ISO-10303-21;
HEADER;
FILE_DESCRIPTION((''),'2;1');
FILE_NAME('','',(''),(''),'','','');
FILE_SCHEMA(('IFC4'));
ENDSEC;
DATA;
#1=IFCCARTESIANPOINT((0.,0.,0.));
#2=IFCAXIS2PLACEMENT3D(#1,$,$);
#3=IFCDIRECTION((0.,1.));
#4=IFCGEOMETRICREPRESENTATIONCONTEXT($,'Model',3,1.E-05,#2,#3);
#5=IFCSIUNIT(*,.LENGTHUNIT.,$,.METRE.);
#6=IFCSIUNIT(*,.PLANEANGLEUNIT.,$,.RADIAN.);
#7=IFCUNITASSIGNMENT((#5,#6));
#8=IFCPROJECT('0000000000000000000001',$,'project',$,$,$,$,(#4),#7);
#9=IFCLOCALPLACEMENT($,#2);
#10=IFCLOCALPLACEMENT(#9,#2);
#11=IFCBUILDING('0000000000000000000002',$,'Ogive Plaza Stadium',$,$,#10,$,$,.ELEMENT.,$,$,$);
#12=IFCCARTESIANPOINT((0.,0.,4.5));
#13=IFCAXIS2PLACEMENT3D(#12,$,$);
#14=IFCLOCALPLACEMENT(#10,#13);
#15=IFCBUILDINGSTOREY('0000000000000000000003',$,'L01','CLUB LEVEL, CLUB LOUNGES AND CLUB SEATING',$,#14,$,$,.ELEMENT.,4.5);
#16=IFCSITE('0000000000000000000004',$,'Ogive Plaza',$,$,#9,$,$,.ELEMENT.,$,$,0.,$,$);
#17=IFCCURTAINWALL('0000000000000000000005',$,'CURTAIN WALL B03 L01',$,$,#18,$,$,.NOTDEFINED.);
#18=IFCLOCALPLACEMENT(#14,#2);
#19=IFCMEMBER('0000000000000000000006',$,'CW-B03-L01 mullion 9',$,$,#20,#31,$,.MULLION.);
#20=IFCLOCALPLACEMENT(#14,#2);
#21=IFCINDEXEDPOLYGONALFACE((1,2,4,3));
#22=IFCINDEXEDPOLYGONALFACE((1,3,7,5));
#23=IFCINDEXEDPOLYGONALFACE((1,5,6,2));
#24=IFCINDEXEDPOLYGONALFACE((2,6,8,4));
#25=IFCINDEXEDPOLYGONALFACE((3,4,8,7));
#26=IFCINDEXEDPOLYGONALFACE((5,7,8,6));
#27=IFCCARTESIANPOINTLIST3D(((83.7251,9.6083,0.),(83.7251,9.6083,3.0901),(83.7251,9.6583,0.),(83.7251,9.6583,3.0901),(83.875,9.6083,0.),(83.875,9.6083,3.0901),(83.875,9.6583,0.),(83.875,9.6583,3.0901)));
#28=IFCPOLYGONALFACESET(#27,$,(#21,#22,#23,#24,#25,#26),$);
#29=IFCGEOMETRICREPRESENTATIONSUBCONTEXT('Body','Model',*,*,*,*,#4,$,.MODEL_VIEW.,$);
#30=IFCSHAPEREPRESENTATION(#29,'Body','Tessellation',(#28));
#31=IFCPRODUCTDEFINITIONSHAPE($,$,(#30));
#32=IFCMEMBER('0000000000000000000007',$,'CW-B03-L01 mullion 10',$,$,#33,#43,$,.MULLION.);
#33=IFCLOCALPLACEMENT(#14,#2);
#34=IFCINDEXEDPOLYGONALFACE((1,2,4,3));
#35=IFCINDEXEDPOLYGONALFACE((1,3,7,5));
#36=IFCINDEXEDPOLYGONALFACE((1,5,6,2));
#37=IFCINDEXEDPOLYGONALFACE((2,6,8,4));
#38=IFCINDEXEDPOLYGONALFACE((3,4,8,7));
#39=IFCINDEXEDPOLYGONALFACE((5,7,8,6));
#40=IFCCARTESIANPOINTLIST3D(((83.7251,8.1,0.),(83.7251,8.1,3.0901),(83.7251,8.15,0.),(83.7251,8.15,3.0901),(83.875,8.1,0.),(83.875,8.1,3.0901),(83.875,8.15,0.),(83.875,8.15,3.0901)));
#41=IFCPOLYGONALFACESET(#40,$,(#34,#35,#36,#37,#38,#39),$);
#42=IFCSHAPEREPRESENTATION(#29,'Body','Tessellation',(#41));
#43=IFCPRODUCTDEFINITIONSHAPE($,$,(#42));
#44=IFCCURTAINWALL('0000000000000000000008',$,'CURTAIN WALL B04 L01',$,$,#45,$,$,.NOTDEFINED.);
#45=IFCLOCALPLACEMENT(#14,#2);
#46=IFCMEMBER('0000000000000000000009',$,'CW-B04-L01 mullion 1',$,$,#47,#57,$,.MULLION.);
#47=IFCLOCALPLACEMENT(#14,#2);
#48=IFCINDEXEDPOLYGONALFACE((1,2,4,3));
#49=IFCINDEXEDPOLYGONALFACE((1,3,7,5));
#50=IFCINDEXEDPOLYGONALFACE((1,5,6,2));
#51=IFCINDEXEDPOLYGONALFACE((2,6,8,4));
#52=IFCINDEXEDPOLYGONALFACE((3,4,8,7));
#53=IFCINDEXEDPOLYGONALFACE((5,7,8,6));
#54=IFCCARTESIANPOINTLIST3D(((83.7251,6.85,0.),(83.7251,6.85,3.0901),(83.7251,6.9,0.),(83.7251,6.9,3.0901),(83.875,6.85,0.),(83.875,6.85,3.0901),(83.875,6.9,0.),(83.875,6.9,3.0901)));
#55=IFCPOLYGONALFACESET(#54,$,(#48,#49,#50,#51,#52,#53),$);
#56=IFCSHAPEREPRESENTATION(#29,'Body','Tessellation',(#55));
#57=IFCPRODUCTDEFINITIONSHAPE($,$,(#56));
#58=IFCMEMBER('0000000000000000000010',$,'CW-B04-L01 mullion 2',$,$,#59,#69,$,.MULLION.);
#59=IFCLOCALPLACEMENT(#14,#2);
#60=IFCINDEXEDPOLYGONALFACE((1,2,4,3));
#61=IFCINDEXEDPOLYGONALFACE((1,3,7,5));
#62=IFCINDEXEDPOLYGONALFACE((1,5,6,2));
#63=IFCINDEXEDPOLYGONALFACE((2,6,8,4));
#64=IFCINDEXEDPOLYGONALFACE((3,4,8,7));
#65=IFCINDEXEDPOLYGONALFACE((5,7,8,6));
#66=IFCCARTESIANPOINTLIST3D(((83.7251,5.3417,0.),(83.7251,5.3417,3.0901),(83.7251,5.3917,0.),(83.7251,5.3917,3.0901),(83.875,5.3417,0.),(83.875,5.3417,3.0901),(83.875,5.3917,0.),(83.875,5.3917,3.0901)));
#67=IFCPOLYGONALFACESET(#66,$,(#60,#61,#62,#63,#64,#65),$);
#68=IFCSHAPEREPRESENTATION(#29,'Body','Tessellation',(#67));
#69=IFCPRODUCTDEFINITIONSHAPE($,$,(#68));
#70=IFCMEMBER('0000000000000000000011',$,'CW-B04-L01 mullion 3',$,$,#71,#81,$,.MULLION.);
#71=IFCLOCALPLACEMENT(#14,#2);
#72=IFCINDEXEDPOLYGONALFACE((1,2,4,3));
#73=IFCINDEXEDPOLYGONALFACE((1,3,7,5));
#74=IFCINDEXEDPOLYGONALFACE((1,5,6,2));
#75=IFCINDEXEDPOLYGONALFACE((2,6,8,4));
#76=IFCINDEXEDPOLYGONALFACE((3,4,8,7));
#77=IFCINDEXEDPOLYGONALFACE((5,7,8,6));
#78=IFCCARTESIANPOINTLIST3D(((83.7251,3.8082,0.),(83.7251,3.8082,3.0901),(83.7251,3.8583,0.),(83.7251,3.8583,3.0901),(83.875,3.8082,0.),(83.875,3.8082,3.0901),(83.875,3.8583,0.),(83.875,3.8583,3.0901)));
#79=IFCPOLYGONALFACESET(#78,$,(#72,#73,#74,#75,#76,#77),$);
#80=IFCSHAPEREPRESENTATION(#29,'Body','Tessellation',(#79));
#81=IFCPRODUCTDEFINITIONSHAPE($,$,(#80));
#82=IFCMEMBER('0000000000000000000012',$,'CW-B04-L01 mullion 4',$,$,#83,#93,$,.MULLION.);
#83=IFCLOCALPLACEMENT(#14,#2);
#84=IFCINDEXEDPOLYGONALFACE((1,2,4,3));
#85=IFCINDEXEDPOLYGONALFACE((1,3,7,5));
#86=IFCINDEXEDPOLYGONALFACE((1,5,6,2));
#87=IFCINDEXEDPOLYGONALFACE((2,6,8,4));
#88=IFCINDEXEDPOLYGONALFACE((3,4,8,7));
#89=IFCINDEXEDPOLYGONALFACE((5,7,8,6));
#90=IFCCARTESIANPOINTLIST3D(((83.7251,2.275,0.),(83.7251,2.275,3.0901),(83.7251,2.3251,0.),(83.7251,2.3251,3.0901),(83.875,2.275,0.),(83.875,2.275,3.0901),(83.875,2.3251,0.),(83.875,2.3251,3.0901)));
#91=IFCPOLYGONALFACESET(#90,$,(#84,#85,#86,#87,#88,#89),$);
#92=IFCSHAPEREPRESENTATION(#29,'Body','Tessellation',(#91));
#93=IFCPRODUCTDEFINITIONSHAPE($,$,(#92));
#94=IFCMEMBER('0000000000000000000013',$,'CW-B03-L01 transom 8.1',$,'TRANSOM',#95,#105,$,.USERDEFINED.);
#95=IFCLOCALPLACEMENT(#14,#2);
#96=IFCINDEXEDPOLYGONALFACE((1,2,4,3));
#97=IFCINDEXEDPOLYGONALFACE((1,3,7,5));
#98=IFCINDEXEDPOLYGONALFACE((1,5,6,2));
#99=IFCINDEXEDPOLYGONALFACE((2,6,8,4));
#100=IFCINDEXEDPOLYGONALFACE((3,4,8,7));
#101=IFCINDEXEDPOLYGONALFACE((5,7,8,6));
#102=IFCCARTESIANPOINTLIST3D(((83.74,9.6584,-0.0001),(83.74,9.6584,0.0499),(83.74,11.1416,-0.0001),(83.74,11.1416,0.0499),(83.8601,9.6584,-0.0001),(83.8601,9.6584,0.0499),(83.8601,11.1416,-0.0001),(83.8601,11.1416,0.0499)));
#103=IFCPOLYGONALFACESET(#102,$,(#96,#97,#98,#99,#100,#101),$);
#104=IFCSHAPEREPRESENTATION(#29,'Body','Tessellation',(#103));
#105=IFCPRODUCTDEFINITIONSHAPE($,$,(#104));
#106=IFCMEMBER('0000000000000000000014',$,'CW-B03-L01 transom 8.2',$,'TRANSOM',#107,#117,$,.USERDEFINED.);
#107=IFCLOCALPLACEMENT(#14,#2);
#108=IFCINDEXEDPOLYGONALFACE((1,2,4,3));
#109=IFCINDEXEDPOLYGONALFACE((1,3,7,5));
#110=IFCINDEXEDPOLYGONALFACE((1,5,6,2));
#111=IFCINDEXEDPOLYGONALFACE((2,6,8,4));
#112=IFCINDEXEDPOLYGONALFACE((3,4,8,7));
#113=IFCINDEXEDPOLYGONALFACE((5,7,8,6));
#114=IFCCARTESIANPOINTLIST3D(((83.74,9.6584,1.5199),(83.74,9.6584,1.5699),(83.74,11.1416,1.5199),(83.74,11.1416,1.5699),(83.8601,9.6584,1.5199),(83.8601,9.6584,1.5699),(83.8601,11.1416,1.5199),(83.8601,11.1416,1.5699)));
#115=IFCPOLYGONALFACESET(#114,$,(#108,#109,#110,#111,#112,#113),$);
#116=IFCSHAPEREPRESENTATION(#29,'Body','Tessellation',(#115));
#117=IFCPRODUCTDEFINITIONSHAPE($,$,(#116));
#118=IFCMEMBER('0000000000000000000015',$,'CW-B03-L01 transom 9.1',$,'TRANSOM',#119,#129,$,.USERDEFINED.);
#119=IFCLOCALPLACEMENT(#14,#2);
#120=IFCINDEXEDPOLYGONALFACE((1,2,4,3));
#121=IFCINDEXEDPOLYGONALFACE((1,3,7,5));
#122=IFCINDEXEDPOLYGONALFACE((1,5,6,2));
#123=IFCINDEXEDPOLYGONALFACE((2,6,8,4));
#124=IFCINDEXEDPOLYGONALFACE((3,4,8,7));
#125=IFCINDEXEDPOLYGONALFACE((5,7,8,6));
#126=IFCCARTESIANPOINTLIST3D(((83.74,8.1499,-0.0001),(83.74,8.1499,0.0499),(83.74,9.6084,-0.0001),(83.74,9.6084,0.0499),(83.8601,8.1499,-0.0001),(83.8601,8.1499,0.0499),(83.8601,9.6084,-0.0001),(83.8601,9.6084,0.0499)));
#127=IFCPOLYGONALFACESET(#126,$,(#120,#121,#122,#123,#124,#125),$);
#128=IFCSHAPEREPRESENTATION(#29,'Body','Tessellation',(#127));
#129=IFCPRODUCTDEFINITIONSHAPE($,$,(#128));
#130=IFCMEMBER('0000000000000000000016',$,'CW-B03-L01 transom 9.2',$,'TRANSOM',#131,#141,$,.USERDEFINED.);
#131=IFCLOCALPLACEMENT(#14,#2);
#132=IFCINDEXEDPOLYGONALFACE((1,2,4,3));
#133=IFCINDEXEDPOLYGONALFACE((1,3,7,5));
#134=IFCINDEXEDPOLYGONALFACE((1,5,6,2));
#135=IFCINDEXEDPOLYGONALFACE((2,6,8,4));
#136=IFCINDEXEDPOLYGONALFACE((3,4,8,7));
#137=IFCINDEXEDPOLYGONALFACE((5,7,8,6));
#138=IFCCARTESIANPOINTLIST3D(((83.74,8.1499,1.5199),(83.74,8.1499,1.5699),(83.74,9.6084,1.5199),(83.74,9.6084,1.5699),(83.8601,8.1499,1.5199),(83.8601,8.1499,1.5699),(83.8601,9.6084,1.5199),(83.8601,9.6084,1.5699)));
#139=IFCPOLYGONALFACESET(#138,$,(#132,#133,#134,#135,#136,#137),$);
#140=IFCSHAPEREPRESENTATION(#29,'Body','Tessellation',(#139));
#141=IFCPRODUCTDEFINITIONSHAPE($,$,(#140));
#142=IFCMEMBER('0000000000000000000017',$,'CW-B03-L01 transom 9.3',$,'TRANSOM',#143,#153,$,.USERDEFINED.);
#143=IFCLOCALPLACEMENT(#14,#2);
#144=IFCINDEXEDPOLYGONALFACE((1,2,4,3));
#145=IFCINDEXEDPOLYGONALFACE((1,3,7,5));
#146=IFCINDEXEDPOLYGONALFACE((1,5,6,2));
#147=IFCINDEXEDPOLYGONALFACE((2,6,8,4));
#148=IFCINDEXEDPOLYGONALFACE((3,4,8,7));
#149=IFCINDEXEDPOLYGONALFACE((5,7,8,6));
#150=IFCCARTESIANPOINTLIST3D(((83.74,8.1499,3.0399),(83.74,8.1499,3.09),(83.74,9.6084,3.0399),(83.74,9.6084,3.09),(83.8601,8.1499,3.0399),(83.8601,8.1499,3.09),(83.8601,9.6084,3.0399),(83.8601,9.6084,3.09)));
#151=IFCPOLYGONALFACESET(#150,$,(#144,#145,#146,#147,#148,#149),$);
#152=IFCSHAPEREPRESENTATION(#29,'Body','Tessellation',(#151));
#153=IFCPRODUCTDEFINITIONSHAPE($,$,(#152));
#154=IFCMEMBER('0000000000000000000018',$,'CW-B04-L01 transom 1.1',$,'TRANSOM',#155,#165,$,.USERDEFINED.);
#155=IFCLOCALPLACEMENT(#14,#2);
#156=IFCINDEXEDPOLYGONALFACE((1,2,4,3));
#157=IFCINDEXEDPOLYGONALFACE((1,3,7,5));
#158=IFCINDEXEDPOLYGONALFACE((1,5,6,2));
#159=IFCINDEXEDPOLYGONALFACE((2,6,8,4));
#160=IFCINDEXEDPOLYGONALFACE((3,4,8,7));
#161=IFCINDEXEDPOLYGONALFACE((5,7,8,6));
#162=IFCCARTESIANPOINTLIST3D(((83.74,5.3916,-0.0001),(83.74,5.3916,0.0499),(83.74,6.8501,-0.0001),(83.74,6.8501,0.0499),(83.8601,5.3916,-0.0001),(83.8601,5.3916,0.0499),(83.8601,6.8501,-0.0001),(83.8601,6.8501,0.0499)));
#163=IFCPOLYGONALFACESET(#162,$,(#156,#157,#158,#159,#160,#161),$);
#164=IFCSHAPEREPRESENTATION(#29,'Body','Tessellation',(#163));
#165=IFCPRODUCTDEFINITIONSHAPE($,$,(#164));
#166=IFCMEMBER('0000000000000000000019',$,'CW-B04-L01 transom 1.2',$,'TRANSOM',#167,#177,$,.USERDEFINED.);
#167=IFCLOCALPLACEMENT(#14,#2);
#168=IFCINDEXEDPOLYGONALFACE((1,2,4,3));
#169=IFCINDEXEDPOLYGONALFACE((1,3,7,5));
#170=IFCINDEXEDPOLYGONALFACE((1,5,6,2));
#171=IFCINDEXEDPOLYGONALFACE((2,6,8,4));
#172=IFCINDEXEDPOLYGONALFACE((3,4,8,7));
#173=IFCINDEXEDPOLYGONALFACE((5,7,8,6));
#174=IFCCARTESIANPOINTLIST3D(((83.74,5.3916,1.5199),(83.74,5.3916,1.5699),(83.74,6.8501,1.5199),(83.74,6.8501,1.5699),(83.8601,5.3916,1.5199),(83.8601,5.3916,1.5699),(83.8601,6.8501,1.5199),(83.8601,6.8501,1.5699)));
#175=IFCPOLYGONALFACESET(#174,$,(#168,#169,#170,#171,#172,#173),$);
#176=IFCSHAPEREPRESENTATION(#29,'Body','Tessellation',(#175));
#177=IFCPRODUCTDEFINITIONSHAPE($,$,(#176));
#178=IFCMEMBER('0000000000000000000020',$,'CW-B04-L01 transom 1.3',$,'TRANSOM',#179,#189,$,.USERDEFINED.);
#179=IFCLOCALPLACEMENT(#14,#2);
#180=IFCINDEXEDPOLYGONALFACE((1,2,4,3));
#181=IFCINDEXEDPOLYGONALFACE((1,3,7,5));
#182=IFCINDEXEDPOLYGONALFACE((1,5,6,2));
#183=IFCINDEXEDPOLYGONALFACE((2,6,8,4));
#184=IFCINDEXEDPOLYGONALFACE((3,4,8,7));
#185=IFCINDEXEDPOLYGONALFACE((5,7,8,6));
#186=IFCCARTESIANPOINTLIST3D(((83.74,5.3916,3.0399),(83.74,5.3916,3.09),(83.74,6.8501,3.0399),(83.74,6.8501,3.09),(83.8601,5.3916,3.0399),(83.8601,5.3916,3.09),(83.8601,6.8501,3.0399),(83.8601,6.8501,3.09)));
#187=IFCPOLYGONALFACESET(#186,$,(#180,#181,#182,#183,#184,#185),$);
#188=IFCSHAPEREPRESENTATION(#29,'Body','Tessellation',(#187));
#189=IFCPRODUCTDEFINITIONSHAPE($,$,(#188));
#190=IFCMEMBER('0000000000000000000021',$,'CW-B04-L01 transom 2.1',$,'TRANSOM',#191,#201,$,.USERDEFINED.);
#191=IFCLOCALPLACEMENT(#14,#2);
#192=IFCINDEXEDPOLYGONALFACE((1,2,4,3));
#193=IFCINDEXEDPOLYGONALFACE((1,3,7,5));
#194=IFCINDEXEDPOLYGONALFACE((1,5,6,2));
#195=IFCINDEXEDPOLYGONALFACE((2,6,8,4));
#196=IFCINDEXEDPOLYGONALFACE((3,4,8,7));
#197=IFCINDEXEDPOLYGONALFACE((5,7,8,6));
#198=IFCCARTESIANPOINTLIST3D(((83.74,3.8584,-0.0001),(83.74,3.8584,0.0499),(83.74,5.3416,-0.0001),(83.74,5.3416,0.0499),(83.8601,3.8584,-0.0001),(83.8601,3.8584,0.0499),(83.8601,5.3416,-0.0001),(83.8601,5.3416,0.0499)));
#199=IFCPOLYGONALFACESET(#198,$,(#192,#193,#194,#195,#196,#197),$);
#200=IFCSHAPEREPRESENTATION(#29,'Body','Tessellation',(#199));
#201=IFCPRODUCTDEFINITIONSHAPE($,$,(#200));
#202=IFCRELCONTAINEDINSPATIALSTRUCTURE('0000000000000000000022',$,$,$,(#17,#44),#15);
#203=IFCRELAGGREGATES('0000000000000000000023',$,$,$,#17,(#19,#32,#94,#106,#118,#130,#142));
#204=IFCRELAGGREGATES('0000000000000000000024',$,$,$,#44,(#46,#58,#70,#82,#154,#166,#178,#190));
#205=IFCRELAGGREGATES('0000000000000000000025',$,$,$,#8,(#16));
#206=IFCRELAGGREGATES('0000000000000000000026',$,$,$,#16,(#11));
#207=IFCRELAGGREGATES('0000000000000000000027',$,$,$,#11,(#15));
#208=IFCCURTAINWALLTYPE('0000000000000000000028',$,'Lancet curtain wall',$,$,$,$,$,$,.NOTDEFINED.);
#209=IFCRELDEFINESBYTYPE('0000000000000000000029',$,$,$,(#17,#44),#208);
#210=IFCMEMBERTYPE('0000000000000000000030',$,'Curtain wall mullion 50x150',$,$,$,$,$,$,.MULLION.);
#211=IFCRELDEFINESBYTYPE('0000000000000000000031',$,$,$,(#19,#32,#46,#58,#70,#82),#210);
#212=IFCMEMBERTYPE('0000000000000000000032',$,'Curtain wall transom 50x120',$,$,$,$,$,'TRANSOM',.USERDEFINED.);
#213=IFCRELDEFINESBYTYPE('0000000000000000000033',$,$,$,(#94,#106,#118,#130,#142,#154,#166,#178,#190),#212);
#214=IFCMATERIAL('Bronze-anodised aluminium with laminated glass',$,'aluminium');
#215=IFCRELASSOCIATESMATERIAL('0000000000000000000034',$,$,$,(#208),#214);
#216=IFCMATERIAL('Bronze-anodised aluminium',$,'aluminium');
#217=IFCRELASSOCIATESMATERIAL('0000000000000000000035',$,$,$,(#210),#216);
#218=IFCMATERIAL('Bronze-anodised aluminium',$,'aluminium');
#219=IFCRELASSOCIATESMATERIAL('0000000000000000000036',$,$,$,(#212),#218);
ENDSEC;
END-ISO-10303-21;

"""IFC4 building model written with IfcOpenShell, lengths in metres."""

from ifc_helpers import new_model, si_unit, direction, frame, origin, origin_2d, place, context, subcontext, project, spatial, rectangle, extrude, material, material_profile, profile_set, type_object, element, aggregate, save


model = new_model("IFC4")

# Units and contexts
model_context = context("Model", 3, precision=1e-05, world=origin(), true_north=direction((0.0, 1.0)))
body_context = subcontext(model_context, "Body", "Model", "MODEL_VIEW")
ifc_project = project(units=[si_unit("LENGTHUNIT", "METRE"), si_unit("PLANEANGLEUNIT", "RADIAN")], contexts=[model_context])

# Site, building, storey
site_placement = place(None, origin())
site = spatial("IfcSite", under=ifc_project, at=site_placement, Name="Ogive Plaza", CompositionType="ELEMENT", RefElevation=0.0)
building_placement = place(site_placement, origin())
building = spatial("IfcBuilding", under=site, at=building_placement, Name="Ogive Plaza Stadium", CompositionType="ELEMENT")
storey_placement = place(building_placement, frame((0.0, 0.0, 4.5)))
storey = spatial("IfcBuildingStorey", under=building, at=storey_placement, Name="L01", Description="CLUB LEVEL, CLUB LOUNGES AND CLUB SEATING", CompositionType="ELEMENT", Elevation=4.5)

# Curtain walls, members
ifc_material_1 = material(Name="Bronze-anodised aluminium with laminated glass", Category="aluminium")
curtain_wall_type = type_object("IfcCurtainWallType", Name="Lancet curtain wall", PredefinedType="NOTDEFINED", material=ifc_material_1)
curtain_wall_1_placement = place(storey_placement, origin())
curtain_wall_1 = element("IfcCurtainWall", 1, at=curtain_wall_1_placement, inside=storey, type_object=curtain_wall_type, Name="CURTAIN WALL B03 L01", PredefinedType="NOTDEFINED")
ifc_material_2 = material(Name="Bronze-anodised aluminium", Category="aluminium")
ifc_material_profile_1 = material_profile(ifc_material_2, rectangle(XDim=0.1499, YDim=0.05, at=origin_2d()), Name="AL 150x50")
ifc_profile_set_1 = profile_set([ifc_material_profile_1], Name="Bronze-anodised aluminium")
member_type_1 = type_object("IfcMemberType", Name="Curtain wall mullion 50x150", PredefinedType="MULLION", material=ifc_profile_set_1)
member_1_placement = place(storey_placement, frame((83.8, 9.6333, 0.0), z_axis=(0.0, 0.0, 1.0), x_axis=(1.0, 0.0, 0.0)))
member_1 = element("IfcMember", 2, at=member_1_placement, type_object=member_type_1, Name="CW-B03-L01 mullion 9", PredefinedType="MULLION", context=body_context, shape_type="SweptSolid", body=[
    extrude(rectangle(XDim=0.1499, YDim=0.05, at=origin_2d()), origin(), (0.0, 0.0, 1.0), 3.0901),
])
member_2_placement = place(storey_placement, frame((83.8, 8.125, 0.0), z_axis=(0.0, 0.0, 1.0), x_axis=(1.0, 0.0, 0.0)))
member_2 = element("IfcMember", 3, at=member_2_placement, type_object=member_type_1, Name="CW-B03-L01 mullion 10", PredefinedType="MULLION", context=body_context, shape_type="SweptSolid", body=[
    extrude(rectangle(XDim=0.1499, YDim=0.05, at=origin_2d()), origin(), (0.0, 0.0, 1.0), 3.0901),
])
curtain_wall_2_placement = place(storey_placement, origin())
curtain_wall_2 = element("IfcCurtainWall", 4, at=curtain_wall_2_placement, inside=storey, type_object=curtain_wall_type, Name="CURTAIN WALL B04 L01", PredefinedType="NOTDEFINED")
member_3_placement = place(storey_placement, frame((83.8, 6.875, 0.0), z_axis=(0.0, 0.0, 1.0), x_axis=(1.0, 0.0, 0.0)))
member_3 = element("IfcMember", 5, at=member_3_placement, type_object=member_type_1, Name="CW-B04-L01 mullion 1", PredefinedType="MULLION", context=body_context, shape_type="SweptSolid", body=[
    extrude(rectangle(XDim=0.1499, YDim=0.05, at=origin_2d()), origin(), (0.0, 0.0, 1.0), 3.0901),
])
member_4_placement = place(storey_placement, frame((83.8, 5.3667, 0.0), z_axis=(0.0, 0.0, 1.0), x_axis=(1.0, 0.0, 0.0)))
member_4 = element("IfcMember", 6, at=member_4_placement, type_object=member_type_1, Name="CW-B04-L01 mullion 2", PredefinedType="MULLION", context=body_context, shape_type="SweptSolid", body=[
    extrude(rectangle(XDim=0.1499, YDim=0.05, at=origin_2d()), origin(), (0.0, 0.0, 1.0), 3.0901),
])
member_5_placement = place(storey_placement, frame((83.8, 3.8333, 0.0), z_axis=(0.0, 0.0, 1.0), x_axis=(1.0, 0.0, 0.0)))
member_5 = element("IfcMember", 7, at=member_5_placement, type_object=member_type_1, Name="CW-B04-L01 mullion 3", PredefinedType="MULLION", context=body_context, shape_type="SweptSolid", body=[
    extrude(rectangle(XDim=0.1499, YDim=0.05, at=origin_2d()), origin(), (0.0, 0.0, 1.0), 3.0901),
])
member_6_placement = place(storey_placement, frame((83.8, 2.3, 0.0), z_axis=(0.0, 0.0, 1.0), x_axis=(1.0, 0.0, 0.0)))
member_6 = element("IfcMember", 8, at=member_6_placement, type_object=member_type_1, Name="CW-B04-L01 mullion 4", PredefinedType="MULLION", context=body_context, shape_type="SweptSolid", body=[
    extrude(rectangle(XDim=0.1499, YDim=0.05, at=origin_2d()), origin(), (0.0, 0.0, 1.0), 3.0901),
])

# Members
ifc_material_3 = material(Name="Bronze-anodised aluminium", Category="aluminium")
ifc_material_profile_2 = material_profile(ifc_material_3, rectangle(XDim=0.1201, YDim=0.05, at=origin_2d()), Name="AL 120x50")
ifc_profile_set_2 = profile_set([ifc_material_profile_2], Name="Bronze-anodised aluminium")
member_type_2 = type_object("IfcMemberType", Name="Curtain wall transom 50x120", ElementType="TRANSOM", PredefinedType="USERDEFINED", material=ifc_profile_set_2)
member_7_placement = place(storey_placement, frame((83.8, 11.1416, 0.0249), z_axis=(0.0, -1.0, 0.0), x_axis=(1.0, 0.0, 0.0)))
member_7 = element("IfcMember", 9, at=member_7_placement, type_object=member_type_2, Name="CW-B03-L01 transom 8.1", ObjectType="TRANSOM", PredefinedType="USERDEFINED", context=body_context, shape_type="SweptSolid", body=[
    extrude(rectangle(XDim=0.1201, YDim=0.05, at=origin_2d()), origin(), (0.0, 0.0, 1.0), 1.4832),
])
member_8_placement = place(storey_placement, frame((83.8, 11.1416, 1.5449), z_axis=(0.0, -1.0, 0.0), x_axis=(1.0, 0.0, 0.0)))
member_8 = element("IfcMember", 10, at=member_8_placement, type_object=member_type_2, Name="CW-B03-L01 transom 8.2", ObjectType="TRANSOM", PredefinedType="USERDEFINED", context=body_context, shape_type="SweptSolid", body=[
    extrude(rectangle(XDim=0.1201, YDim=0.05, at=origin_2d()), origin(), (0.0, 0.0, 1.0), 1.4832),
])
member_9_placement = place(storey_placement, frame((83.8, 9.6084, 0.0249), z_axis=(0.0, -1.0, 0.0), x_axis=(1.0, 0.0, 0.0)))
member_9 = element("IfcMember", 11, at=member_9_placement, type_object=member_type_2, Name="CW-B03-L01 transom 9.1", ObjectType="TRANSOM", PredefinedType="USERDEFINED", context=body_context, shape_type="SweptSolid", body=[
    extrude(rectangle(XDim=0.1201, YDim=0.05, at=origin_2d()), origin(), (0.0, 0.0, 1.0), 1.4585),
])
member_10_placement = place(storey_placement, frame((83.8, 9.6084, 1.5449), z_axis=(0.0, -1.0, 0.0), x_axis=(1.0, 0.0, 0.0)))
member_10 = element("IfcMember", 12, at=member_10_placement, type_object=member_type_2, Name="CW-B03-L01 transom 9.2", ObjectType="TRANSOM", PredefinedType="USERDEFINED", context=body_context, shape_type="SweptSolid", body=[
    extrude(rectangle(XDim=0.1201, YDim=0.05, at=origin_2d()), origin(), (0.0, 0.0, 1.0), 1.4585),
])
member_11_placement = place(storey_placement, frame((83.8, 9.6084, 3.0649), z_axis=(0.0, -1.0, 0.0), x_axis=(1.0, 0.0, 0.0)))
member_11 = element("IfcMember", 13, at=member_11_placement, type_object=member_type_2, Name="CW-B03-L01 transom 9.3", ObjectType="TRANSOM", PredefinedType="USERDEFINED", context=body_context, shape_type="SweptSolid", body=[
    extrude(rectangle(XDim=0.1201, YDim=0.05, at=origin_2d()), origin(), (0.0, 0.0, 1.0), 1.4585),
])
member_12_placement = place(storey_placement, frame((83.8, 6.8501, 0.0249), z_axis=(0.0, -1.0, 0.0), x_axis=(1.0, 0.0, 0.0)))
member_12 = element("IfcMember", 14, at=member_12_placement, type_object=member_type_2, Name="CW-B04-L01 transom 1.1", ObjectType="TRANSOM", PredefinedType="USERDEFINED", context=body_context, shape_type="SweptSolid", body=[
    extrude(rectangle(XDim=0.1201, YDim=0.05, at=origin_2d()), origin(), (0.0, 0.0, 1.0), 1.4585),
])
member_13_placement = place(storey_placement, frame((83.8, 6.8501, 1.5449), z_axis=(0.0, -1.0, 0.0), x_axis=(1.0, 0.0, 0.0)))
member_13 = element("IfcMember", 15, at=member_13_placement, type_object=member_type_2, Name="CW-B04-L01 transom 1.2", ObjectType="TRANSOM", PredefinedType="USERDEFINED", context=body_context, shape_type="SweptSolid", body=[
    extrude(rectangle(XDim=0.1201, YDim=0.05, at=origin_2d()), origin(), (0.0, 0.0, 1.0), 1.4585),
])
member_14_placement = place(storey_placement, frame((83.8, 6.8501, 3.0649), z_axis=(0.0, -1.0, 0.0), x_axis=(1.0, 0.0, 0.0)))
member_14 = element("IfcMember", 16, at=member_14_placement, type_object=member_type_2, Name="CW-B04-L01 transom 1.3", ObjectType="TRANSOM", PredefinedType="USERDEFINED", context=body_context, shape_type="SweptSolid", body=[
    extrude(rectangle(XDim=0.1201, YDim=0.05, at=origin_2d()), origin(), (0.0, 0.0, 1.0), 1.4585),
])
member_15_placement = place(storey_placement, frame((83.8, 5.3416, 0.0249), z_axis=(0.0, -1.0, 0.0), x_axis=(1.0, 0.0, 0.0)))
member_15 = element("IfcMember", 17, at=member_15_placement, type_object=member_type_2, Name="CW-B04-L01 transom 2.1", ObjectType="TRANSOM", PredefinedType="USERDEFINED", context=body_context, shape_type="SweptSolid", body=[
    extrude(rectangle(XDim=0.1201, YDim=0.05, at=origin_2d()), origin(), (0.0, 0.0, 1.0), 1.4832),
])

aggregate(curtain_wall_1, [member_1, member_2, member_7, member_8, member_9, member_10, member_11])
aggregate(curtain_wall_2, [member_3, member_4, member_5, member_6, member_12, member_13, member_14, member_15])

save(model, "model.ifc")
